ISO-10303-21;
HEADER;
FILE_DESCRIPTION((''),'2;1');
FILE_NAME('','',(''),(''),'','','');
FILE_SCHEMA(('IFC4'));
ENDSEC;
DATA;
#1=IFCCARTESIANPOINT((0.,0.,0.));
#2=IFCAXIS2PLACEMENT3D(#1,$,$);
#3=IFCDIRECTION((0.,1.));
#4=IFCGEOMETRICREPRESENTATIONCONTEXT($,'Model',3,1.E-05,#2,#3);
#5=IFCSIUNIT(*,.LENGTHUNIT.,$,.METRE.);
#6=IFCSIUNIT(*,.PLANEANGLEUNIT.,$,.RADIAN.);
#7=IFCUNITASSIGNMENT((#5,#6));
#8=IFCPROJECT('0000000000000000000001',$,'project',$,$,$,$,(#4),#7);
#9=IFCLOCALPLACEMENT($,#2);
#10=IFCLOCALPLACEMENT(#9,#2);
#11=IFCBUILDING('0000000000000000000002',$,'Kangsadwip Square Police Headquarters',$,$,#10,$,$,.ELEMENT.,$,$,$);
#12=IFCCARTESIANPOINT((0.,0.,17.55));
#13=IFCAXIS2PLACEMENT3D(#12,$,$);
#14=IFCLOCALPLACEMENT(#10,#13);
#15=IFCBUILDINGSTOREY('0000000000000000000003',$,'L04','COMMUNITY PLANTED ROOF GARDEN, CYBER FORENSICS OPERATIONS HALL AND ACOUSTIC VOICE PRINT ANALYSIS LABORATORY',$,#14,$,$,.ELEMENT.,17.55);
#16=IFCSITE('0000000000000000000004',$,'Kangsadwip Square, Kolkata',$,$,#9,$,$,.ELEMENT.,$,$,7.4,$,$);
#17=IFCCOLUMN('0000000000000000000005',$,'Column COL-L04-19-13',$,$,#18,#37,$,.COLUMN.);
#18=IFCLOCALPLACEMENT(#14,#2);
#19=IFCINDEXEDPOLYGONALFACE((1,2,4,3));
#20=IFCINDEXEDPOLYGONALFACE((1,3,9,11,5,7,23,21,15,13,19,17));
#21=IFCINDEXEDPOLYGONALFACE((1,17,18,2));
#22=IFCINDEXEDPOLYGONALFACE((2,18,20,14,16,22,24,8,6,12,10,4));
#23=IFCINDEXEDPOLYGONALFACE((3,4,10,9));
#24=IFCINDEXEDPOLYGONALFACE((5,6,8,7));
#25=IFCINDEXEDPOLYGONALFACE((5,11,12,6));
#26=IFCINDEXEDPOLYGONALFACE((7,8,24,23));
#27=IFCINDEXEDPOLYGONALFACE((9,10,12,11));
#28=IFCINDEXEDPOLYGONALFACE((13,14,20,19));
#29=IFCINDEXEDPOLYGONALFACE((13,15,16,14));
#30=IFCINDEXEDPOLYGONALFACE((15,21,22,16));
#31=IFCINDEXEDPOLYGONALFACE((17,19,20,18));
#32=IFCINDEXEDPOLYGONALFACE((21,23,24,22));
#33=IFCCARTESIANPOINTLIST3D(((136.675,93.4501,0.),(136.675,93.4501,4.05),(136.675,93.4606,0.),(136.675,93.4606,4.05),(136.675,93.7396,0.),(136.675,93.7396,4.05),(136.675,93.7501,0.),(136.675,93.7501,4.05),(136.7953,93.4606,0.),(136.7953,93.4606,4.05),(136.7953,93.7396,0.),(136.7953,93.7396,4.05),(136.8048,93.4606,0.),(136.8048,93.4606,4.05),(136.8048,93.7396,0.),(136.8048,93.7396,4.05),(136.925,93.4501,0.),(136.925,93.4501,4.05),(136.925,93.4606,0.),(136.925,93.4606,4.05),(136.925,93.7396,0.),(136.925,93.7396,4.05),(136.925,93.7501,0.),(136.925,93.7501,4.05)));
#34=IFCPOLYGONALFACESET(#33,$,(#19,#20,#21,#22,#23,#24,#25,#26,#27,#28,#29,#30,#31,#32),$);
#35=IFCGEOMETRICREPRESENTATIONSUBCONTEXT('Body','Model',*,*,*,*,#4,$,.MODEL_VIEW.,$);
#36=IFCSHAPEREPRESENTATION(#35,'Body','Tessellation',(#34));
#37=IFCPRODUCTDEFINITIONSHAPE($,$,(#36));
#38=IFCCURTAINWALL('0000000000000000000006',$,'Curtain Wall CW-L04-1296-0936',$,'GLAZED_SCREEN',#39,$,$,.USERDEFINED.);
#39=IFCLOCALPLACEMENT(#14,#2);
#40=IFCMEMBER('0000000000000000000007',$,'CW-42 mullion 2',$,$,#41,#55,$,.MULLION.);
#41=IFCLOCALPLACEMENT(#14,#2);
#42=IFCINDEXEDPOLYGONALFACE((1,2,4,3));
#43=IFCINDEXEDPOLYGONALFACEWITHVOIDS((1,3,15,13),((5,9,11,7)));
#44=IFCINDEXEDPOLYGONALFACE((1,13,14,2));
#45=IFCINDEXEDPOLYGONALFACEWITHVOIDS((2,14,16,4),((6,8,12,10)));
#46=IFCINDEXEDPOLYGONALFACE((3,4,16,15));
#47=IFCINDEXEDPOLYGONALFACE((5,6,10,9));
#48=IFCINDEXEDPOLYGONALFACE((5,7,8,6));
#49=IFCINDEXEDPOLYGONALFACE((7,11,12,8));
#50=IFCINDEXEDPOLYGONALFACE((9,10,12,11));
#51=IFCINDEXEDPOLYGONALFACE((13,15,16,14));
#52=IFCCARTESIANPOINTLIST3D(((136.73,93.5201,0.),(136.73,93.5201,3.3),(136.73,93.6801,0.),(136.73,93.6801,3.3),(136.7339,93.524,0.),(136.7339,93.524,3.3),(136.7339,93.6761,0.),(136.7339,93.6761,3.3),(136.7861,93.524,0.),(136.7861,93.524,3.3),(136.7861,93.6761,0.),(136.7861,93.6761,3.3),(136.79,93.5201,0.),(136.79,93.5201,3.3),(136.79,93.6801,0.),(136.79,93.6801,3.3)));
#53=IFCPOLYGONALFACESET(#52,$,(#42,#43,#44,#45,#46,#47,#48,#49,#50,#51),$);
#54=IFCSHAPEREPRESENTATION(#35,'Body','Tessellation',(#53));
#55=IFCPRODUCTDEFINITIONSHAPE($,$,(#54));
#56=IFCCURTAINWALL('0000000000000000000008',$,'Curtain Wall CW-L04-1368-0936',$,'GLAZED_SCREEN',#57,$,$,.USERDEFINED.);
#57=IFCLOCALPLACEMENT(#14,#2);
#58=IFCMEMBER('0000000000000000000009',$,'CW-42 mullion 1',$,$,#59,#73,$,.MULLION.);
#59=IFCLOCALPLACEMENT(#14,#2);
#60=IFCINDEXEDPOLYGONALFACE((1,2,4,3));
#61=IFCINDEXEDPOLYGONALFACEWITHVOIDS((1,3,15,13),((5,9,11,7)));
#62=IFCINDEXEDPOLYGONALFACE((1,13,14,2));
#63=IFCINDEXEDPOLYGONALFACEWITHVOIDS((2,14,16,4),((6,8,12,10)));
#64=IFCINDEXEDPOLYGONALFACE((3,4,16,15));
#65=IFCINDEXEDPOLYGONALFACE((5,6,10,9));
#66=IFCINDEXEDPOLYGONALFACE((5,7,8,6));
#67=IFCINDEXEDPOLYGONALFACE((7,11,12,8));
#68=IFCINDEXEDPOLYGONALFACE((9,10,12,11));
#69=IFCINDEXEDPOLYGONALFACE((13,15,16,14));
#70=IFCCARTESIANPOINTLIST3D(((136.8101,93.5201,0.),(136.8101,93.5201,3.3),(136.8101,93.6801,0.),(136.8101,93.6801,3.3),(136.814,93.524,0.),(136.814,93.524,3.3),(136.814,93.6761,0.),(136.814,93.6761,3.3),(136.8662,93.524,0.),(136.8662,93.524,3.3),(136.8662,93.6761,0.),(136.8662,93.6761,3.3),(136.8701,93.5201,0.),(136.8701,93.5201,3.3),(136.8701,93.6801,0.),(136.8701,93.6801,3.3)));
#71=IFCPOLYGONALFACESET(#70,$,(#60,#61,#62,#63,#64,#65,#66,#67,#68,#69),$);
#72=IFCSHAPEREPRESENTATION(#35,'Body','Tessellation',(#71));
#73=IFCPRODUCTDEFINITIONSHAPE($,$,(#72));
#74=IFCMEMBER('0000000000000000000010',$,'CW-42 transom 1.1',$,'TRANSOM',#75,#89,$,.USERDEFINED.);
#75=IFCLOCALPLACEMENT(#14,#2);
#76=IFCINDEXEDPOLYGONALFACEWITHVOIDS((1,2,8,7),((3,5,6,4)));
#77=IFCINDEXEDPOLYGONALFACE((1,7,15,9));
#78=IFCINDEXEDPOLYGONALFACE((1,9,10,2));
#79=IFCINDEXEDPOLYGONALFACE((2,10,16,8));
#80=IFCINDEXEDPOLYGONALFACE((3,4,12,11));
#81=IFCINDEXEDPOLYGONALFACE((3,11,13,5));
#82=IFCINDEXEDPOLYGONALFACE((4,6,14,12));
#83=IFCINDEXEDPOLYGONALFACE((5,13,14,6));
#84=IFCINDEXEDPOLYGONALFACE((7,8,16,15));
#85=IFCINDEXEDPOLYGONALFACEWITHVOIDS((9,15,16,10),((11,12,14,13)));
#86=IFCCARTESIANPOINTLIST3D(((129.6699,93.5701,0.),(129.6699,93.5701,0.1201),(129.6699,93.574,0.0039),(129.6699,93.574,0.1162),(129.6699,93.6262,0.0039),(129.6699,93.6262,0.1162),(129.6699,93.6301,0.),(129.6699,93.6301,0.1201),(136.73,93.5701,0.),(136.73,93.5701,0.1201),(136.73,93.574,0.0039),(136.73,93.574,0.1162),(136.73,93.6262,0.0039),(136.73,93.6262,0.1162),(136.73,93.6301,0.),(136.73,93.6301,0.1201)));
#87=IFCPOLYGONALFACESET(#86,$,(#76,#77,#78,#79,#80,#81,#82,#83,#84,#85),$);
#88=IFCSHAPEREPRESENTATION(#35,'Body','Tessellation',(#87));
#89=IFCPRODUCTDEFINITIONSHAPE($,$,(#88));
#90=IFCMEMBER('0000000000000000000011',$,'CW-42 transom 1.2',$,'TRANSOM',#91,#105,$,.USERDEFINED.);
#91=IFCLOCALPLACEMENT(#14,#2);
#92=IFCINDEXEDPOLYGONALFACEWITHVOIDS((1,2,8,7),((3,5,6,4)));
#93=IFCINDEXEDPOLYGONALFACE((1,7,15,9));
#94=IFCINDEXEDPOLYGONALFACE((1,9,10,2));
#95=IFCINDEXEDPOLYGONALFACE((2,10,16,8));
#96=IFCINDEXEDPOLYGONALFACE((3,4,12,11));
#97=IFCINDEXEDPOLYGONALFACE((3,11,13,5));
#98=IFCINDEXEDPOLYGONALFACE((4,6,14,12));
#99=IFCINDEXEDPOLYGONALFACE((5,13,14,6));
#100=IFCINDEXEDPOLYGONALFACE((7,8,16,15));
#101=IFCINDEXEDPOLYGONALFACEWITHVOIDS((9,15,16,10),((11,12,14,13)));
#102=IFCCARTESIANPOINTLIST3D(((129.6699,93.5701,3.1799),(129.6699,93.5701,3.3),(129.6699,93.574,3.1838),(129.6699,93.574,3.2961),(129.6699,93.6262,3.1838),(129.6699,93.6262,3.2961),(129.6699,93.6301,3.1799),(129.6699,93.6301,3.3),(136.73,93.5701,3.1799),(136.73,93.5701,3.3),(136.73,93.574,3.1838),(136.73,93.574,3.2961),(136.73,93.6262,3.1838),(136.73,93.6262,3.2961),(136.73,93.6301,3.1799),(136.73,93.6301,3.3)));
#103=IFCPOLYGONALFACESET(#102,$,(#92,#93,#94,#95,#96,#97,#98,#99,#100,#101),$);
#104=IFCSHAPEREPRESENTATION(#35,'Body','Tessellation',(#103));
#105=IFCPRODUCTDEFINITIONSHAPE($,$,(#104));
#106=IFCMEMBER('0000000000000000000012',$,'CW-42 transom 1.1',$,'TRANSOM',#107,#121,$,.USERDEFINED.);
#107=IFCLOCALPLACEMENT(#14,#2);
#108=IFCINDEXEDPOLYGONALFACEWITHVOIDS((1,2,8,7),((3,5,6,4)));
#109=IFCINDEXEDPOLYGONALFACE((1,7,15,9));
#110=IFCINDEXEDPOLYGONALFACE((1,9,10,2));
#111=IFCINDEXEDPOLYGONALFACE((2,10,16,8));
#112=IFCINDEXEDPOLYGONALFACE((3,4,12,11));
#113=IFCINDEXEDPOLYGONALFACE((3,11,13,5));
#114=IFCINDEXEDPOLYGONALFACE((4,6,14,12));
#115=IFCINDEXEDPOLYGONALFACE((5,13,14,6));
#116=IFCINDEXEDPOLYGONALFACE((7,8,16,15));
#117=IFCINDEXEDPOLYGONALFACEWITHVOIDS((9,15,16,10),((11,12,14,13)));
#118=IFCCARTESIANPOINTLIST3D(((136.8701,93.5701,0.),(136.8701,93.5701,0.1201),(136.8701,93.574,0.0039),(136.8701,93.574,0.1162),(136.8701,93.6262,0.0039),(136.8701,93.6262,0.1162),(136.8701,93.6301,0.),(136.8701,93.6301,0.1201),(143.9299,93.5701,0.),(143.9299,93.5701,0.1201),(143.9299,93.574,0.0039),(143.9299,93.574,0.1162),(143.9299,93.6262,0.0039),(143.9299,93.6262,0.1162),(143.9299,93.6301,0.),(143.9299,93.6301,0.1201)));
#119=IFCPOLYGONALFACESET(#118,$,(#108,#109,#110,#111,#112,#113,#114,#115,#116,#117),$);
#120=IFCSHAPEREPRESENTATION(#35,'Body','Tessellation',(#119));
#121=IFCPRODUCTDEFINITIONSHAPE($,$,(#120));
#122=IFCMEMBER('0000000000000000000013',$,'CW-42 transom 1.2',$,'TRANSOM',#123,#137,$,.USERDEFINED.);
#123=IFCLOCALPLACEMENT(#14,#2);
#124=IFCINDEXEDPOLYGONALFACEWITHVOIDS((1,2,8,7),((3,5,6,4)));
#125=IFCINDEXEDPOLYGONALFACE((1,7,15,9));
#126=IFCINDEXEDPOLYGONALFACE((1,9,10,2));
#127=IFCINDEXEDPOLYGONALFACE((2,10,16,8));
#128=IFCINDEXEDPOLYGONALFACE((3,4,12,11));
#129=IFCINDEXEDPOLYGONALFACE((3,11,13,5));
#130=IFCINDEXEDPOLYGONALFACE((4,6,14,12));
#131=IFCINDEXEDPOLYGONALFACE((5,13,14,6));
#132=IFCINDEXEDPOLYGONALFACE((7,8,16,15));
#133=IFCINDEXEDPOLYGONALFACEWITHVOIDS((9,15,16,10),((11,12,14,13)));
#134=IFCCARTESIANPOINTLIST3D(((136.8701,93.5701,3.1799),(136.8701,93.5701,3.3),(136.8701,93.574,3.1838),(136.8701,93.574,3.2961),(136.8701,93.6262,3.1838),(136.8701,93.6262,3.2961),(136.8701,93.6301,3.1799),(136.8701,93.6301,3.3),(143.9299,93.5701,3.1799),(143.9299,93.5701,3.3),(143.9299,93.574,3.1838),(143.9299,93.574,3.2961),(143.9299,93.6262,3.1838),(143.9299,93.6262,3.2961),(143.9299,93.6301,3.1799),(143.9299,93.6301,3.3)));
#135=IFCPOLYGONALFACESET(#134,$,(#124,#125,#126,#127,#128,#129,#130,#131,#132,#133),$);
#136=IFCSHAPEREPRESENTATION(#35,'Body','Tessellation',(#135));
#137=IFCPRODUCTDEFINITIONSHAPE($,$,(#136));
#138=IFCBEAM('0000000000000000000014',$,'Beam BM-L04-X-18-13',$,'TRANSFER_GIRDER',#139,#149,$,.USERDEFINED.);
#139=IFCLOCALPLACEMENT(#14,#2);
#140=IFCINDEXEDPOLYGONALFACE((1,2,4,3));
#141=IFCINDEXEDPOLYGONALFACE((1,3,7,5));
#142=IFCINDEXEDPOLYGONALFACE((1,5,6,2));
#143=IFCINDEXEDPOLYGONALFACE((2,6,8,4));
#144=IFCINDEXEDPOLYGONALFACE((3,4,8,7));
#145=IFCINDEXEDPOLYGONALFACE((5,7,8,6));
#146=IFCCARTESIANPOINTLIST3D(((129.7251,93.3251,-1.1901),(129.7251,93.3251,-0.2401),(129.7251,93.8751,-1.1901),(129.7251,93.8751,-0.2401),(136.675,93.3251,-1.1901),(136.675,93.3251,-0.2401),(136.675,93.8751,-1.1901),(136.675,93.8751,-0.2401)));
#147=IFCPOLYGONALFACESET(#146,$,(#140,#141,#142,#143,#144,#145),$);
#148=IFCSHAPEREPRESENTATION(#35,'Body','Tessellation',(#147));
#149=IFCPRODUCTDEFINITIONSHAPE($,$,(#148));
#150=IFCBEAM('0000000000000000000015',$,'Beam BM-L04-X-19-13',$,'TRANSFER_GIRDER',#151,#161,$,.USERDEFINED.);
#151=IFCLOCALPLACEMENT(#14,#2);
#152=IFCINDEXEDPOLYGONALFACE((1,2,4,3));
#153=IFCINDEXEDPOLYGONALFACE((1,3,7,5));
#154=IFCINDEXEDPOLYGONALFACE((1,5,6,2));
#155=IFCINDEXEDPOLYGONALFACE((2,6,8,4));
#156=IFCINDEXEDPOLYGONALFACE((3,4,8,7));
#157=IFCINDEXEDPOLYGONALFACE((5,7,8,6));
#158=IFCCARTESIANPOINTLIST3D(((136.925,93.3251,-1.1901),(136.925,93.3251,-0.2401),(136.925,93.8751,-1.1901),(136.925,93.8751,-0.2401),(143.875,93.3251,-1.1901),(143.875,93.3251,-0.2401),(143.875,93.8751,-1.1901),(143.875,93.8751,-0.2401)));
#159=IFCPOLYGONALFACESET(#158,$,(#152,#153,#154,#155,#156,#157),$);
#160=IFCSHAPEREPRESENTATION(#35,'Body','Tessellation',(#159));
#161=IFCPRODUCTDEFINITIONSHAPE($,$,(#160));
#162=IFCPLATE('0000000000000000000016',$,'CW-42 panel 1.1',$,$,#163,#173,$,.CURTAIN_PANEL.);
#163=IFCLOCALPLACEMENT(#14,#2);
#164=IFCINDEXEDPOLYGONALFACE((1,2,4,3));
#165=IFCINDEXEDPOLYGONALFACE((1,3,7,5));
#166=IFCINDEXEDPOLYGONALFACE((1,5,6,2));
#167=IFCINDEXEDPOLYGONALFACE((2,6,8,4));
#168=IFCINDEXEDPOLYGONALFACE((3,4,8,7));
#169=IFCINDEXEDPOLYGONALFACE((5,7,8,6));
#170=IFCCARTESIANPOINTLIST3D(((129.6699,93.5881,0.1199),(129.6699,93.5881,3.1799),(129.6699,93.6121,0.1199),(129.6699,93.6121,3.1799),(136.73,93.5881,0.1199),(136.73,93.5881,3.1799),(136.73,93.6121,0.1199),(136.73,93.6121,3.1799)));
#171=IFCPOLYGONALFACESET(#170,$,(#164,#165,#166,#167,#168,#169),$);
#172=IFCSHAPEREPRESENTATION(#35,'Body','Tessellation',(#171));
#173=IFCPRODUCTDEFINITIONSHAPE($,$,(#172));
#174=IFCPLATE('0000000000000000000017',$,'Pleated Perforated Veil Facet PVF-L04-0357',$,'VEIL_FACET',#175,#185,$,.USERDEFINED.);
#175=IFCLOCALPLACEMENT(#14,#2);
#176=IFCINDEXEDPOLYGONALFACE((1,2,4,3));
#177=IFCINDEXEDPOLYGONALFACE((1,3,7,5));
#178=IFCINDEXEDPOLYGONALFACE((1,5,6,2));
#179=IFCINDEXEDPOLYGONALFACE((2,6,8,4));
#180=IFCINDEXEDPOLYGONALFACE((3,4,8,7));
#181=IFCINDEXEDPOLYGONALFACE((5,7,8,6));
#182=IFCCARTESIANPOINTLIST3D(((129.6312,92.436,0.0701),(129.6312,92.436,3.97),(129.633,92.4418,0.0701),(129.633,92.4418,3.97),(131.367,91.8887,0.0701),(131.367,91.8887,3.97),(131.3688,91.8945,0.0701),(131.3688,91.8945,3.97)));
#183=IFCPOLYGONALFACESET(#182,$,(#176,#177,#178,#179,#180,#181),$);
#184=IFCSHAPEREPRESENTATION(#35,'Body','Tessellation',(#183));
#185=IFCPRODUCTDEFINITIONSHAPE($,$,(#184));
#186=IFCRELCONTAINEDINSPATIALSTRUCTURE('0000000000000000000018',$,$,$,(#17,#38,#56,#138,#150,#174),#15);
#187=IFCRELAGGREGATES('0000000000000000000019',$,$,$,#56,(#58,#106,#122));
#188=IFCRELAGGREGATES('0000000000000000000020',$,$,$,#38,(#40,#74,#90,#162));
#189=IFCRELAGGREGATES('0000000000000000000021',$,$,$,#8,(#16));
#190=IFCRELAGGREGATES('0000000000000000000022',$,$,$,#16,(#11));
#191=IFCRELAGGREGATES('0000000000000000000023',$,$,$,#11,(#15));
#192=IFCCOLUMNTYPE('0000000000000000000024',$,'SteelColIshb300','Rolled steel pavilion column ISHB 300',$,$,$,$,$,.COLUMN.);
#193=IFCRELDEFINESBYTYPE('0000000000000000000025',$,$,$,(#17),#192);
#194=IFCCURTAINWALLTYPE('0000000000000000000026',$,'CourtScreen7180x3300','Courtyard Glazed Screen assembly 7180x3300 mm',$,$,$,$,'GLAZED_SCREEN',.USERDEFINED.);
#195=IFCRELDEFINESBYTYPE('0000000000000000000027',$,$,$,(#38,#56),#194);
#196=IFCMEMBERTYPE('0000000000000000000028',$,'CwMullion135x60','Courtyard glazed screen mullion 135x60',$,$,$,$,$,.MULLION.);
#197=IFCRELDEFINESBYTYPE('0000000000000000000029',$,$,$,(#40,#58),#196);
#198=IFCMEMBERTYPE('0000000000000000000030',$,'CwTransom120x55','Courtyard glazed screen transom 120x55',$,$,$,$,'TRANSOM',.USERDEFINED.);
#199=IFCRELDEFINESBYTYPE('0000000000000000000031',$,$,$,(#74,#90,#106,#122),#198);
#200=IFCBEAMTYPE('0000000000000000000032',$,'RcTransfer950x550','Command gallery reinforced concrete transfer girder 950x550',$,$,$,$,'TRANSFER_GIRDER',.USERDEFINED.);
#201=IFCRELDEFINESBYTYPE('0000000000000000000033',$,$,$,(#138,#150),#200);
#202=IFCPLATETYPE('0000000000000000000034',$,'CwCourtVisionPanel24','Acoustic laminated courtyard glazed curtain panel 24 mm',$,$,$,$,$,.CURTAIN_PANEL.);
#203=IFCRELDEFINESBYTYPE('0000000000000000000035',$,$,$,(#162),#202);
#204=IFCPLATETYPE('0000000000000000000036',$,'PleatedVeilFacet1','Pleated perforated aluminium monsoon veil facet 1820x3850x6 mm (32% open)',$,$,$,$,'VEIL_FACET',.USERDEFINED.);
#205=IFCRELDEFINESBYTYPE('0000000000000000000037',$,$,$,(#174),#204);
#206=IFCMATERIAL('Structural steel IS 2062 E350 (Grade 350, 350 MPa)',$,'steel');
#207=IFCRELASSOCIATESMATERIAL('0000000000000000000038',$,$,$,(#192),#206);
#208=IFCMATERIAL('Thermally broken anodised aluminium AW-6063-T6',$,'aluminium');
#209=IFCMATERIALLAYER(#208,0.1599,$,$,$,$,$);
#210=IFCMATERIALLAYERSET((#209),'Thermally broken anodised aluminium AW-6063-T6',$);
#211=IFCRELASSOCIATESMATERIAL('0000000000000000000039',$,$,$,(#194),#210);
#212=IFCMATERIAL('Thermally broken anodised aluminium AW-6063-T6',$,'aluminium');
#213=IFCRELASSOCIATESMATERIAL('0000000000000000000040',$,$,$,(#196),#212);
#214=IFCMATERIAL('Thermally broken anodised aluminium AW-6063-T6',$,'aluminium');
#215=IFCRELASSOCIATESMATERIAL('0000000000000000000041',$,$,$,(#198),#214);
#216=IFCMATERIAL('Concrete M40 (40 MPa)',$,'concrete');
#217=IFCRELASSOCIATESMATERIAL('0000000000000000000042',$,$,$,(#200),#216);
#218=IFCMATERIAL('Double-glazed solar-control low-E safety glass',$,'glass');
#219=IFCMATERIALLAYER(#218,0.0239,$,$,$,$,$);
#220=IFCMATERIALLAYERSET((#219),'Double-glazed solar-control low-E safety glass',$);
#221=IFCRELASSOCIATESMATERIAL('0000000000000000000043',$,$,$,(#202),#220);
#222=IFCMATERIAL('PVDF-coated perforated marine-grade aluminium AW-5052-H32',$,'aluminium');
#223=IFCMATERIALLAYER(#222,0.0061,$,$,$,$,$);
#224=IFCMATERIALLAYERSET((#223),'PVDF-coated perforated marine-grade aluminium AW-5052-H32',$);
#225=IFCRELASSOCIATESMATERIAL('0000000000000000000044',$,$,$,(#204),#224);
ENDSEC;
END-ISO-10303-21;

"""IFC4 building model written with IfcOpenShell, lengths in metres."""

from ifc_helpers import new_model, si_unit, direction, frame, origin, origin_2d, place, context, subcontext, project, spatial, rectangle, hollow_rectangle, i_section, extrude, material, layer, layer_set, material_profile, profile_set, type_object, element, aggregate, save


model = new_model("IFC4")

# Units and contexts
model_context = context("Model", 3, precision=1e-05, world=origin(), true_north=direction((0.0, 1.0)))
body_context = subcontext(model_context, "Body", "Model", "MODEL_VIEW")
ifc_project = project(units=[si_unit("LENGTHUNIT", "METRE"), si_unit("PLANEANGLEUNIT", "RADIAN")], contexts=[model_context])

# Site, building, storey
site_placement = place(None, origin())
site = spatial("IfcSite", under=ifc_project, at=site_placement, Name="Kangsadwip Square, Kolkata", CompositionType="ELEMENT", RefElevation=7.4)
building_placement = place(site_placement, origin())
building = spatial("IfcBuilding", under=site, at=building_placement, Name="Kangsadwip Square Police Headquarters", CompositionType="ELEMENT")
storey_placement = place(building_placement, frame((0.0, 0.0, 17.55)))
storey = spatial("IfcBuildingStorey", under=building, at=storey_placement, Name="L04", Description="COMMUNITY PLANTED ROOF GARDEN, CYBER FORENSICS OPERATIONS HALL AND ACOUSTIC VOICE PRINT ANALYSIS LABORATORY", CompositionType="ELEMENT", Elevation=17.55)

# Column
ifc_material_1 = material(Name="Structural steel IS 2062 E350 (Grade 350, 350 MPa)", Category="steel")
ifc_material_profile_1 = material_profile(ifc_material_1, i_section(OverallWidth=0.25, OverallDepth=0.3, WebThickness=0.0095, FlangeThickness=0.0105, at=origin_2d()), Name="ISHB 300")
ifc_profile_set_1 = profile_set([ifc_material_profile_1], Name="Structural steel IS 2062 E350 (Grade 350, 350 MPa)")
column_type = type_object("IfcColumnType", Name="SteelColIshb300", Description="Rolled steel pavilion column ISHB 300", PredefinedType="COLUMN", material=ifc_profile_set_1)
column_placement = place(storey_placement, frame((136.8, 93.6001, 0.0), z_axis=(0.0, 0.0, 1.0), x_axis=(1.0, 0.0, 0.0)))
element("IfcColumn", 1, at=column_placement, inside=storey, type_object=column_type, Name="Column COL-L04-19-13", PredefinedType="COLUMN", context=body_context, shape_type="SweptSolid", body=[
    extrude(i_section(OverallWidth=0.25, OverallDepth=0.3, WebThickness=0.0095, FlangeThickness=0.0105, at=origin_2d()), origin(), (0.0, 0.0, 1.0), 4.05),
])

# Curtain walls, members
ifc_material_2 = material(Name="Thermally broken anodised aluminium AW-6063-T6", Category="aluminium")
ifc_layer_1 = layer(ifc_material_2, 0.1599)
ifc_layer_set_1 = layer_set([ifc_layer_1], Name="Thermally broken anodised aluminium AW-6063-T6")
curtain_wall_type = type_object("IfcCurtainWallType", Name="CourtScreen7180x3300", Description="Courtyard Glazed Screen assembly 7180x3300 mm", ElementType="GLAZED_SCREEN", PredefinedType="USERDEFINED", material=ifc_layer_set_1)
curtain_wall_1_placement = place(storey_placement, origin())
curtain_wall_1 = element("IfcCurtainWall", 2, at=curtain_wall_1_placement, inside=storey, type_object=curtain_wall_type, Name="Curtain Wall CW-L04-1296-0936", ObjectType="GLAZED_SCREEN", PredefinedType="USERDEFINED")
ifc_material_3 = material(Name="Thermally broken anodised aluminium AW-6063-T6", Category="aluminium")
ifc_material_profile_2 = material_profile(ifc_material_3, hollow_rectangle(XDim=0.0601, YDim=0.1599, WallThickness=0.0039, at=origin_2d()), Name="CWM 160X60X4")
ifc_profile_set_2 = profile_set([ifc_material_profile_2], Name="Thermally broken anodised aluminium AW-6063-T6")
member_type_1 = type_object("IfcMemberType", Name="CwMullion135x60", Description="Courtyard glazed screen mullion 135x60", PredefinedType="MULLION", material=ifc_profile_set_2)
member_1_placement = place(storey_placement, frame((136.76, 93.6001, 0.0), z_axis=(0.0, 0.0, 1.0), x_axis=(1.0, 0.0, 0.0)))
member_1 = element("IfcMember", 3, at=member_1_placement, type_object=member_type_1, Name="CW-42 mullion 2", PredefinedType="MULLION", context=body_context, shape_type="SweptSolid", body=[
    extrude(hollow_rectangle(XDim=0.0601, YDim=0.1599, WallThickness=0.0039, at=origin_2d()), origin(), (0.0, 0.0, 1.0), 3.3),
])
curtain_wall_2_placement = place(storey_placement, origin())
curtain_wall_2 = element("IfcCurtainWall", 4, at=curtain_wall_2_placement, inside=storey, type_object=curtain_wall_type, Name="Curtain Wall CW-L04-1368-0936", ObjectType="GLAZED_SCREEN", PredefinedType="USERDEFINED")
member_2_placement = place(storey_placement, frame((136.8401, 93.6001, 0.0), z_axis=(0.0, 0.0, 1.0), x_axis=(1.0, 0.0, 0.0)))
member_2 = element("IfcMember", 5, at=member_2_placement, type_object=member_type_1, Name="CW-42 mullion 1", PredefinedType="MULLION", context=body_context, shape_type="SweptSolid", body=[
    extrude(hollow_rectangle(XDim=0.0601, YDim=0.1599, WallThickness=0.0039, at=origin_2d()), origin(), (0.0, 0.0, 1.0), 3.3),
])

# Members
ifc_material_4 = material(Name="Thermally broken anodised aluminium AW-6063-T6", Category="aluminium")
ifc_material_profile_3 = material_profile(ifc_material_4, hollow_rectangle(XDim=0.0601, YDim=0.1201, WallThickness=0.0039, at=origin_2d()), Name="CWT 120X60X4")
ifc_profile_set_3 = profile_set([ifc_material_profile_3], Name="Thermally broken anodised aluminium AW-6063-T6")
member_type_2 = type_object("IfcMemberType", Name="CwTransom120x55", Description="Courtyard glazed screen transom 120x55", ElementType="TRANSOM", PredefinedType="USERDEFINED", material=ifc_profile_set_3)
member_3_placement = place(storey_placement, frame((129.6699, 93.6001, 0.0601), z_axis=(1.0, 0.0, 0.0), x_axis=(0.0, 1.0, 0.0)))
member_3 = element("IfcMember", 6, at=member_3_placement, type_object=member_type_2, Name="CW-42 transom 1.1", ObjectType="TRANSOM", PredefinedType="USERDEFINED", context=body_context, shape_type="SweptSolid", body=[
    extrude(hollow_rectangle(XDim=0.0601, YDim=0.1201, WallThickness=0.0039, at=origin_2d()), origin(), (0.0, 0.0, 1.0), 7.0601),
])
member_4_placement = place(storey_placement, frame((129.6699, 93.6001, 3.24), z_axis=(1.0, 0.0, 0.0), x_axis=(0.0, 1.0, 0.0)))
member_4 = element("IfcMember", 7, at=member_4_placement, type_object=member_type_2, Name="CW-42 transom 1.2", ObjectType="TRANSOM", PredefinedType="USERDEFINED", context=body_context, shape_type="SweptSolid", body=[
    extrude(hollow_rectangle(XDim=0.0601, YDim=0.1201, WallThickness=0.0039, at=origin_2d()), origin(), (0.0, 0.0, 1.0), 7.0601),
])
member_5_placement = place(storey_placement, frame((136.8701, 93.6001, 0.0601), z_axis=(1.0, 0.0, 0.0), x_axis=(0.0, 1.0, 0.0)))
member_5 = element("IfcMember", 8, at=member_5_placement, type_object=member_type_2, Name="CW-42 transom 1.1", ObjectType="TRANSOM", PredefinedType="USERDEFINED", context=body_context, shape_type="SweptSolid", body=[
    extrude(hollow_rectangle(XDim=0.0601, YDim=0.1201, WallThickness=0.0039, at=origin_2d()), origin(), (0.0, 0.0, 1.0), 7.0598),
])
member_6_placement = place(storey_placement, frame((136.8701, 93.6001, 3.24), z_axis=(1.0, 0.0, 0.0), x_axis=(0.0, 1.0, 0.0)))
member_6 = element("IfcMember", 9, at=member_6_placement, type_object=member_type_2, Name="CW-42 transom 1.2", ObjectType="TRANSOM", PredefinedType="USERDEFINED", context=body_context, shape_type="SweptSolid", body=[
    extrude(hollow_rectangle(XDim=0.0601, YDim=0.1201, WallThickness=0.0039, at=origin_2d()), origin(), (0.0, 0.0, 1.0), 7.0598),
])
aggregate(curtain_wall_2, [member_2, member_5, member_6])

# Beams
ifc_material_5 = material(Name="Concrete M40 (40 MPa)", Category="concrete")
ifc_material_profile_4 = material_profile(ifc_material_5, rectangle(XDim=0.55, YDim=0.95, at=origin_2d()), Name="RC TG 950X550")
ifc_profile_set_4 = profile_set([ifc_material_profile_4], Name="Concrete M40 (40 MPa)")
beam_type = type_object("IfcBeamType", Name="RcTransfer950x550", Description="Command gallery reinforced concrete transfer girder 950x550", ElementType="TRANSFER_GIRDER", PredefinedType="USERDEFINED", material=ifc_profile_set_4)
for number, where, z_axis, x_axis, name in (
    (10, (129.7251, 93.6001, -0.7151), (1.0, 0.0, 0.0), (0.0, 1.0, 0.0), "Beam BM-L04-X-18-13"),
    (11, (136.925, 93.6001, -0.7151), (1.0, 0.0, 0.0), (0.0, 1.0, 0.0), "Beam BM-L04-X-19-13"),
):
    element("IfcBeam", number, at=place(storey_placement, frame(where, z_axis=z_axis, x_axis=x_axis)), inside=storey, type_object=beam_type, Name=name, ObjectType="TRANSFER_GIRDER", PredefinedType="USERDEFINED", context=body_context, shape_type="SweptSolid", body=[
        extrude(rectangle(XDim=0.55, YDim=0.95, at=origin_2d()), origin(), (0.0, 0.0, 1.0), 6.95),
    ])

# Plate
ifc_material_6 = material(Name="Double-glazed solar-control low-E safety glass", Category="glass")
ifc_layer_2 = layer(ifc_material_6, 0.0239)
ifc_layer_set_2 = layer_set([ifc_layer_2], Name="Double-glazed solar-control low-E safety glass")
plate_type_1 = type_object("IfcPlateType", Name="CwCourtVisionPanel24", Description="Acoustic laminated courtyard glazed curtain panel 24 mm", PredefinedType="CURTAIN_PANEL", material=ifc_layer_set_2)
plate_placement = place(storey_placement, frame((133.2, 93.6001, 0.1199), z_axis=(0.0, 0.0, 1.0), x_axis=(1.0, 0.0, 0.0)))
plate = element("IfcPlate", 12, at=plate_placement, type_object=plate_type_1, Name="CW-42 panel 1.1", PredefinedType="CURTAIN_PANEL", context=body_context, shape_type="SweptSolid", body=[
    extrude(rectangle(XDim=7.0601, YDim=0.0239, at=origin_2d()), origin(), (0.0, 0.0, 1.0), 3.0601),
])
aggregate(curtain_wall_1, [member_1, member_3, member_4, plate])

# Plate
ifc_material_7 = material(Name="PVDF-coated perforated marine-grade aluminium AW-5052-H32", Category="aluminium")
ifc_layer_3 = layer(ifc_material_7, 0.0061)
ifc_layer_set_3 = layer_set([ifc_layer_3], Name="PVDF-coated perforated marine-grade aluminium AW-5052-H32")
plate_type_2 = type_object("IfcPlateType", Name="PleatedVeilFacet1", Description="Pleated perforated aluminium monsoon veil facet 1820x3850x6 mm (32% open)", ElementType="VEIL_FACET", PredefinedType="USERDEFINED", material=ifc_layer_set_3)
for number, where, z_axis, x_axis, name in (
    (13, (130.5, 92.1653, 0.0701), (0.0, 0.0, 1.0), (0.953717, -0.300706, 0.0), "Pleated Perforated Veil Facet PVF-L04-0357"),
):
    element("IfcPlate", number, at=place(storey_placement, frame(where, z_axis=z_axis, x_axis=x_axis)), inside=storey, type_object=plate_type_2, Name=name, ObjectType="VEIL_FACET", PredefinedType="USERDEFINED", context=body_context, shape_type="SweptSolid", body=[
        extrude(rectangle(XDim=1.8201, YDim=0.0061, at=origin_2d()), origin(), (0.0, 0.0, 1.0), 3.8999),
    ])

save(model, "model.ifc")
